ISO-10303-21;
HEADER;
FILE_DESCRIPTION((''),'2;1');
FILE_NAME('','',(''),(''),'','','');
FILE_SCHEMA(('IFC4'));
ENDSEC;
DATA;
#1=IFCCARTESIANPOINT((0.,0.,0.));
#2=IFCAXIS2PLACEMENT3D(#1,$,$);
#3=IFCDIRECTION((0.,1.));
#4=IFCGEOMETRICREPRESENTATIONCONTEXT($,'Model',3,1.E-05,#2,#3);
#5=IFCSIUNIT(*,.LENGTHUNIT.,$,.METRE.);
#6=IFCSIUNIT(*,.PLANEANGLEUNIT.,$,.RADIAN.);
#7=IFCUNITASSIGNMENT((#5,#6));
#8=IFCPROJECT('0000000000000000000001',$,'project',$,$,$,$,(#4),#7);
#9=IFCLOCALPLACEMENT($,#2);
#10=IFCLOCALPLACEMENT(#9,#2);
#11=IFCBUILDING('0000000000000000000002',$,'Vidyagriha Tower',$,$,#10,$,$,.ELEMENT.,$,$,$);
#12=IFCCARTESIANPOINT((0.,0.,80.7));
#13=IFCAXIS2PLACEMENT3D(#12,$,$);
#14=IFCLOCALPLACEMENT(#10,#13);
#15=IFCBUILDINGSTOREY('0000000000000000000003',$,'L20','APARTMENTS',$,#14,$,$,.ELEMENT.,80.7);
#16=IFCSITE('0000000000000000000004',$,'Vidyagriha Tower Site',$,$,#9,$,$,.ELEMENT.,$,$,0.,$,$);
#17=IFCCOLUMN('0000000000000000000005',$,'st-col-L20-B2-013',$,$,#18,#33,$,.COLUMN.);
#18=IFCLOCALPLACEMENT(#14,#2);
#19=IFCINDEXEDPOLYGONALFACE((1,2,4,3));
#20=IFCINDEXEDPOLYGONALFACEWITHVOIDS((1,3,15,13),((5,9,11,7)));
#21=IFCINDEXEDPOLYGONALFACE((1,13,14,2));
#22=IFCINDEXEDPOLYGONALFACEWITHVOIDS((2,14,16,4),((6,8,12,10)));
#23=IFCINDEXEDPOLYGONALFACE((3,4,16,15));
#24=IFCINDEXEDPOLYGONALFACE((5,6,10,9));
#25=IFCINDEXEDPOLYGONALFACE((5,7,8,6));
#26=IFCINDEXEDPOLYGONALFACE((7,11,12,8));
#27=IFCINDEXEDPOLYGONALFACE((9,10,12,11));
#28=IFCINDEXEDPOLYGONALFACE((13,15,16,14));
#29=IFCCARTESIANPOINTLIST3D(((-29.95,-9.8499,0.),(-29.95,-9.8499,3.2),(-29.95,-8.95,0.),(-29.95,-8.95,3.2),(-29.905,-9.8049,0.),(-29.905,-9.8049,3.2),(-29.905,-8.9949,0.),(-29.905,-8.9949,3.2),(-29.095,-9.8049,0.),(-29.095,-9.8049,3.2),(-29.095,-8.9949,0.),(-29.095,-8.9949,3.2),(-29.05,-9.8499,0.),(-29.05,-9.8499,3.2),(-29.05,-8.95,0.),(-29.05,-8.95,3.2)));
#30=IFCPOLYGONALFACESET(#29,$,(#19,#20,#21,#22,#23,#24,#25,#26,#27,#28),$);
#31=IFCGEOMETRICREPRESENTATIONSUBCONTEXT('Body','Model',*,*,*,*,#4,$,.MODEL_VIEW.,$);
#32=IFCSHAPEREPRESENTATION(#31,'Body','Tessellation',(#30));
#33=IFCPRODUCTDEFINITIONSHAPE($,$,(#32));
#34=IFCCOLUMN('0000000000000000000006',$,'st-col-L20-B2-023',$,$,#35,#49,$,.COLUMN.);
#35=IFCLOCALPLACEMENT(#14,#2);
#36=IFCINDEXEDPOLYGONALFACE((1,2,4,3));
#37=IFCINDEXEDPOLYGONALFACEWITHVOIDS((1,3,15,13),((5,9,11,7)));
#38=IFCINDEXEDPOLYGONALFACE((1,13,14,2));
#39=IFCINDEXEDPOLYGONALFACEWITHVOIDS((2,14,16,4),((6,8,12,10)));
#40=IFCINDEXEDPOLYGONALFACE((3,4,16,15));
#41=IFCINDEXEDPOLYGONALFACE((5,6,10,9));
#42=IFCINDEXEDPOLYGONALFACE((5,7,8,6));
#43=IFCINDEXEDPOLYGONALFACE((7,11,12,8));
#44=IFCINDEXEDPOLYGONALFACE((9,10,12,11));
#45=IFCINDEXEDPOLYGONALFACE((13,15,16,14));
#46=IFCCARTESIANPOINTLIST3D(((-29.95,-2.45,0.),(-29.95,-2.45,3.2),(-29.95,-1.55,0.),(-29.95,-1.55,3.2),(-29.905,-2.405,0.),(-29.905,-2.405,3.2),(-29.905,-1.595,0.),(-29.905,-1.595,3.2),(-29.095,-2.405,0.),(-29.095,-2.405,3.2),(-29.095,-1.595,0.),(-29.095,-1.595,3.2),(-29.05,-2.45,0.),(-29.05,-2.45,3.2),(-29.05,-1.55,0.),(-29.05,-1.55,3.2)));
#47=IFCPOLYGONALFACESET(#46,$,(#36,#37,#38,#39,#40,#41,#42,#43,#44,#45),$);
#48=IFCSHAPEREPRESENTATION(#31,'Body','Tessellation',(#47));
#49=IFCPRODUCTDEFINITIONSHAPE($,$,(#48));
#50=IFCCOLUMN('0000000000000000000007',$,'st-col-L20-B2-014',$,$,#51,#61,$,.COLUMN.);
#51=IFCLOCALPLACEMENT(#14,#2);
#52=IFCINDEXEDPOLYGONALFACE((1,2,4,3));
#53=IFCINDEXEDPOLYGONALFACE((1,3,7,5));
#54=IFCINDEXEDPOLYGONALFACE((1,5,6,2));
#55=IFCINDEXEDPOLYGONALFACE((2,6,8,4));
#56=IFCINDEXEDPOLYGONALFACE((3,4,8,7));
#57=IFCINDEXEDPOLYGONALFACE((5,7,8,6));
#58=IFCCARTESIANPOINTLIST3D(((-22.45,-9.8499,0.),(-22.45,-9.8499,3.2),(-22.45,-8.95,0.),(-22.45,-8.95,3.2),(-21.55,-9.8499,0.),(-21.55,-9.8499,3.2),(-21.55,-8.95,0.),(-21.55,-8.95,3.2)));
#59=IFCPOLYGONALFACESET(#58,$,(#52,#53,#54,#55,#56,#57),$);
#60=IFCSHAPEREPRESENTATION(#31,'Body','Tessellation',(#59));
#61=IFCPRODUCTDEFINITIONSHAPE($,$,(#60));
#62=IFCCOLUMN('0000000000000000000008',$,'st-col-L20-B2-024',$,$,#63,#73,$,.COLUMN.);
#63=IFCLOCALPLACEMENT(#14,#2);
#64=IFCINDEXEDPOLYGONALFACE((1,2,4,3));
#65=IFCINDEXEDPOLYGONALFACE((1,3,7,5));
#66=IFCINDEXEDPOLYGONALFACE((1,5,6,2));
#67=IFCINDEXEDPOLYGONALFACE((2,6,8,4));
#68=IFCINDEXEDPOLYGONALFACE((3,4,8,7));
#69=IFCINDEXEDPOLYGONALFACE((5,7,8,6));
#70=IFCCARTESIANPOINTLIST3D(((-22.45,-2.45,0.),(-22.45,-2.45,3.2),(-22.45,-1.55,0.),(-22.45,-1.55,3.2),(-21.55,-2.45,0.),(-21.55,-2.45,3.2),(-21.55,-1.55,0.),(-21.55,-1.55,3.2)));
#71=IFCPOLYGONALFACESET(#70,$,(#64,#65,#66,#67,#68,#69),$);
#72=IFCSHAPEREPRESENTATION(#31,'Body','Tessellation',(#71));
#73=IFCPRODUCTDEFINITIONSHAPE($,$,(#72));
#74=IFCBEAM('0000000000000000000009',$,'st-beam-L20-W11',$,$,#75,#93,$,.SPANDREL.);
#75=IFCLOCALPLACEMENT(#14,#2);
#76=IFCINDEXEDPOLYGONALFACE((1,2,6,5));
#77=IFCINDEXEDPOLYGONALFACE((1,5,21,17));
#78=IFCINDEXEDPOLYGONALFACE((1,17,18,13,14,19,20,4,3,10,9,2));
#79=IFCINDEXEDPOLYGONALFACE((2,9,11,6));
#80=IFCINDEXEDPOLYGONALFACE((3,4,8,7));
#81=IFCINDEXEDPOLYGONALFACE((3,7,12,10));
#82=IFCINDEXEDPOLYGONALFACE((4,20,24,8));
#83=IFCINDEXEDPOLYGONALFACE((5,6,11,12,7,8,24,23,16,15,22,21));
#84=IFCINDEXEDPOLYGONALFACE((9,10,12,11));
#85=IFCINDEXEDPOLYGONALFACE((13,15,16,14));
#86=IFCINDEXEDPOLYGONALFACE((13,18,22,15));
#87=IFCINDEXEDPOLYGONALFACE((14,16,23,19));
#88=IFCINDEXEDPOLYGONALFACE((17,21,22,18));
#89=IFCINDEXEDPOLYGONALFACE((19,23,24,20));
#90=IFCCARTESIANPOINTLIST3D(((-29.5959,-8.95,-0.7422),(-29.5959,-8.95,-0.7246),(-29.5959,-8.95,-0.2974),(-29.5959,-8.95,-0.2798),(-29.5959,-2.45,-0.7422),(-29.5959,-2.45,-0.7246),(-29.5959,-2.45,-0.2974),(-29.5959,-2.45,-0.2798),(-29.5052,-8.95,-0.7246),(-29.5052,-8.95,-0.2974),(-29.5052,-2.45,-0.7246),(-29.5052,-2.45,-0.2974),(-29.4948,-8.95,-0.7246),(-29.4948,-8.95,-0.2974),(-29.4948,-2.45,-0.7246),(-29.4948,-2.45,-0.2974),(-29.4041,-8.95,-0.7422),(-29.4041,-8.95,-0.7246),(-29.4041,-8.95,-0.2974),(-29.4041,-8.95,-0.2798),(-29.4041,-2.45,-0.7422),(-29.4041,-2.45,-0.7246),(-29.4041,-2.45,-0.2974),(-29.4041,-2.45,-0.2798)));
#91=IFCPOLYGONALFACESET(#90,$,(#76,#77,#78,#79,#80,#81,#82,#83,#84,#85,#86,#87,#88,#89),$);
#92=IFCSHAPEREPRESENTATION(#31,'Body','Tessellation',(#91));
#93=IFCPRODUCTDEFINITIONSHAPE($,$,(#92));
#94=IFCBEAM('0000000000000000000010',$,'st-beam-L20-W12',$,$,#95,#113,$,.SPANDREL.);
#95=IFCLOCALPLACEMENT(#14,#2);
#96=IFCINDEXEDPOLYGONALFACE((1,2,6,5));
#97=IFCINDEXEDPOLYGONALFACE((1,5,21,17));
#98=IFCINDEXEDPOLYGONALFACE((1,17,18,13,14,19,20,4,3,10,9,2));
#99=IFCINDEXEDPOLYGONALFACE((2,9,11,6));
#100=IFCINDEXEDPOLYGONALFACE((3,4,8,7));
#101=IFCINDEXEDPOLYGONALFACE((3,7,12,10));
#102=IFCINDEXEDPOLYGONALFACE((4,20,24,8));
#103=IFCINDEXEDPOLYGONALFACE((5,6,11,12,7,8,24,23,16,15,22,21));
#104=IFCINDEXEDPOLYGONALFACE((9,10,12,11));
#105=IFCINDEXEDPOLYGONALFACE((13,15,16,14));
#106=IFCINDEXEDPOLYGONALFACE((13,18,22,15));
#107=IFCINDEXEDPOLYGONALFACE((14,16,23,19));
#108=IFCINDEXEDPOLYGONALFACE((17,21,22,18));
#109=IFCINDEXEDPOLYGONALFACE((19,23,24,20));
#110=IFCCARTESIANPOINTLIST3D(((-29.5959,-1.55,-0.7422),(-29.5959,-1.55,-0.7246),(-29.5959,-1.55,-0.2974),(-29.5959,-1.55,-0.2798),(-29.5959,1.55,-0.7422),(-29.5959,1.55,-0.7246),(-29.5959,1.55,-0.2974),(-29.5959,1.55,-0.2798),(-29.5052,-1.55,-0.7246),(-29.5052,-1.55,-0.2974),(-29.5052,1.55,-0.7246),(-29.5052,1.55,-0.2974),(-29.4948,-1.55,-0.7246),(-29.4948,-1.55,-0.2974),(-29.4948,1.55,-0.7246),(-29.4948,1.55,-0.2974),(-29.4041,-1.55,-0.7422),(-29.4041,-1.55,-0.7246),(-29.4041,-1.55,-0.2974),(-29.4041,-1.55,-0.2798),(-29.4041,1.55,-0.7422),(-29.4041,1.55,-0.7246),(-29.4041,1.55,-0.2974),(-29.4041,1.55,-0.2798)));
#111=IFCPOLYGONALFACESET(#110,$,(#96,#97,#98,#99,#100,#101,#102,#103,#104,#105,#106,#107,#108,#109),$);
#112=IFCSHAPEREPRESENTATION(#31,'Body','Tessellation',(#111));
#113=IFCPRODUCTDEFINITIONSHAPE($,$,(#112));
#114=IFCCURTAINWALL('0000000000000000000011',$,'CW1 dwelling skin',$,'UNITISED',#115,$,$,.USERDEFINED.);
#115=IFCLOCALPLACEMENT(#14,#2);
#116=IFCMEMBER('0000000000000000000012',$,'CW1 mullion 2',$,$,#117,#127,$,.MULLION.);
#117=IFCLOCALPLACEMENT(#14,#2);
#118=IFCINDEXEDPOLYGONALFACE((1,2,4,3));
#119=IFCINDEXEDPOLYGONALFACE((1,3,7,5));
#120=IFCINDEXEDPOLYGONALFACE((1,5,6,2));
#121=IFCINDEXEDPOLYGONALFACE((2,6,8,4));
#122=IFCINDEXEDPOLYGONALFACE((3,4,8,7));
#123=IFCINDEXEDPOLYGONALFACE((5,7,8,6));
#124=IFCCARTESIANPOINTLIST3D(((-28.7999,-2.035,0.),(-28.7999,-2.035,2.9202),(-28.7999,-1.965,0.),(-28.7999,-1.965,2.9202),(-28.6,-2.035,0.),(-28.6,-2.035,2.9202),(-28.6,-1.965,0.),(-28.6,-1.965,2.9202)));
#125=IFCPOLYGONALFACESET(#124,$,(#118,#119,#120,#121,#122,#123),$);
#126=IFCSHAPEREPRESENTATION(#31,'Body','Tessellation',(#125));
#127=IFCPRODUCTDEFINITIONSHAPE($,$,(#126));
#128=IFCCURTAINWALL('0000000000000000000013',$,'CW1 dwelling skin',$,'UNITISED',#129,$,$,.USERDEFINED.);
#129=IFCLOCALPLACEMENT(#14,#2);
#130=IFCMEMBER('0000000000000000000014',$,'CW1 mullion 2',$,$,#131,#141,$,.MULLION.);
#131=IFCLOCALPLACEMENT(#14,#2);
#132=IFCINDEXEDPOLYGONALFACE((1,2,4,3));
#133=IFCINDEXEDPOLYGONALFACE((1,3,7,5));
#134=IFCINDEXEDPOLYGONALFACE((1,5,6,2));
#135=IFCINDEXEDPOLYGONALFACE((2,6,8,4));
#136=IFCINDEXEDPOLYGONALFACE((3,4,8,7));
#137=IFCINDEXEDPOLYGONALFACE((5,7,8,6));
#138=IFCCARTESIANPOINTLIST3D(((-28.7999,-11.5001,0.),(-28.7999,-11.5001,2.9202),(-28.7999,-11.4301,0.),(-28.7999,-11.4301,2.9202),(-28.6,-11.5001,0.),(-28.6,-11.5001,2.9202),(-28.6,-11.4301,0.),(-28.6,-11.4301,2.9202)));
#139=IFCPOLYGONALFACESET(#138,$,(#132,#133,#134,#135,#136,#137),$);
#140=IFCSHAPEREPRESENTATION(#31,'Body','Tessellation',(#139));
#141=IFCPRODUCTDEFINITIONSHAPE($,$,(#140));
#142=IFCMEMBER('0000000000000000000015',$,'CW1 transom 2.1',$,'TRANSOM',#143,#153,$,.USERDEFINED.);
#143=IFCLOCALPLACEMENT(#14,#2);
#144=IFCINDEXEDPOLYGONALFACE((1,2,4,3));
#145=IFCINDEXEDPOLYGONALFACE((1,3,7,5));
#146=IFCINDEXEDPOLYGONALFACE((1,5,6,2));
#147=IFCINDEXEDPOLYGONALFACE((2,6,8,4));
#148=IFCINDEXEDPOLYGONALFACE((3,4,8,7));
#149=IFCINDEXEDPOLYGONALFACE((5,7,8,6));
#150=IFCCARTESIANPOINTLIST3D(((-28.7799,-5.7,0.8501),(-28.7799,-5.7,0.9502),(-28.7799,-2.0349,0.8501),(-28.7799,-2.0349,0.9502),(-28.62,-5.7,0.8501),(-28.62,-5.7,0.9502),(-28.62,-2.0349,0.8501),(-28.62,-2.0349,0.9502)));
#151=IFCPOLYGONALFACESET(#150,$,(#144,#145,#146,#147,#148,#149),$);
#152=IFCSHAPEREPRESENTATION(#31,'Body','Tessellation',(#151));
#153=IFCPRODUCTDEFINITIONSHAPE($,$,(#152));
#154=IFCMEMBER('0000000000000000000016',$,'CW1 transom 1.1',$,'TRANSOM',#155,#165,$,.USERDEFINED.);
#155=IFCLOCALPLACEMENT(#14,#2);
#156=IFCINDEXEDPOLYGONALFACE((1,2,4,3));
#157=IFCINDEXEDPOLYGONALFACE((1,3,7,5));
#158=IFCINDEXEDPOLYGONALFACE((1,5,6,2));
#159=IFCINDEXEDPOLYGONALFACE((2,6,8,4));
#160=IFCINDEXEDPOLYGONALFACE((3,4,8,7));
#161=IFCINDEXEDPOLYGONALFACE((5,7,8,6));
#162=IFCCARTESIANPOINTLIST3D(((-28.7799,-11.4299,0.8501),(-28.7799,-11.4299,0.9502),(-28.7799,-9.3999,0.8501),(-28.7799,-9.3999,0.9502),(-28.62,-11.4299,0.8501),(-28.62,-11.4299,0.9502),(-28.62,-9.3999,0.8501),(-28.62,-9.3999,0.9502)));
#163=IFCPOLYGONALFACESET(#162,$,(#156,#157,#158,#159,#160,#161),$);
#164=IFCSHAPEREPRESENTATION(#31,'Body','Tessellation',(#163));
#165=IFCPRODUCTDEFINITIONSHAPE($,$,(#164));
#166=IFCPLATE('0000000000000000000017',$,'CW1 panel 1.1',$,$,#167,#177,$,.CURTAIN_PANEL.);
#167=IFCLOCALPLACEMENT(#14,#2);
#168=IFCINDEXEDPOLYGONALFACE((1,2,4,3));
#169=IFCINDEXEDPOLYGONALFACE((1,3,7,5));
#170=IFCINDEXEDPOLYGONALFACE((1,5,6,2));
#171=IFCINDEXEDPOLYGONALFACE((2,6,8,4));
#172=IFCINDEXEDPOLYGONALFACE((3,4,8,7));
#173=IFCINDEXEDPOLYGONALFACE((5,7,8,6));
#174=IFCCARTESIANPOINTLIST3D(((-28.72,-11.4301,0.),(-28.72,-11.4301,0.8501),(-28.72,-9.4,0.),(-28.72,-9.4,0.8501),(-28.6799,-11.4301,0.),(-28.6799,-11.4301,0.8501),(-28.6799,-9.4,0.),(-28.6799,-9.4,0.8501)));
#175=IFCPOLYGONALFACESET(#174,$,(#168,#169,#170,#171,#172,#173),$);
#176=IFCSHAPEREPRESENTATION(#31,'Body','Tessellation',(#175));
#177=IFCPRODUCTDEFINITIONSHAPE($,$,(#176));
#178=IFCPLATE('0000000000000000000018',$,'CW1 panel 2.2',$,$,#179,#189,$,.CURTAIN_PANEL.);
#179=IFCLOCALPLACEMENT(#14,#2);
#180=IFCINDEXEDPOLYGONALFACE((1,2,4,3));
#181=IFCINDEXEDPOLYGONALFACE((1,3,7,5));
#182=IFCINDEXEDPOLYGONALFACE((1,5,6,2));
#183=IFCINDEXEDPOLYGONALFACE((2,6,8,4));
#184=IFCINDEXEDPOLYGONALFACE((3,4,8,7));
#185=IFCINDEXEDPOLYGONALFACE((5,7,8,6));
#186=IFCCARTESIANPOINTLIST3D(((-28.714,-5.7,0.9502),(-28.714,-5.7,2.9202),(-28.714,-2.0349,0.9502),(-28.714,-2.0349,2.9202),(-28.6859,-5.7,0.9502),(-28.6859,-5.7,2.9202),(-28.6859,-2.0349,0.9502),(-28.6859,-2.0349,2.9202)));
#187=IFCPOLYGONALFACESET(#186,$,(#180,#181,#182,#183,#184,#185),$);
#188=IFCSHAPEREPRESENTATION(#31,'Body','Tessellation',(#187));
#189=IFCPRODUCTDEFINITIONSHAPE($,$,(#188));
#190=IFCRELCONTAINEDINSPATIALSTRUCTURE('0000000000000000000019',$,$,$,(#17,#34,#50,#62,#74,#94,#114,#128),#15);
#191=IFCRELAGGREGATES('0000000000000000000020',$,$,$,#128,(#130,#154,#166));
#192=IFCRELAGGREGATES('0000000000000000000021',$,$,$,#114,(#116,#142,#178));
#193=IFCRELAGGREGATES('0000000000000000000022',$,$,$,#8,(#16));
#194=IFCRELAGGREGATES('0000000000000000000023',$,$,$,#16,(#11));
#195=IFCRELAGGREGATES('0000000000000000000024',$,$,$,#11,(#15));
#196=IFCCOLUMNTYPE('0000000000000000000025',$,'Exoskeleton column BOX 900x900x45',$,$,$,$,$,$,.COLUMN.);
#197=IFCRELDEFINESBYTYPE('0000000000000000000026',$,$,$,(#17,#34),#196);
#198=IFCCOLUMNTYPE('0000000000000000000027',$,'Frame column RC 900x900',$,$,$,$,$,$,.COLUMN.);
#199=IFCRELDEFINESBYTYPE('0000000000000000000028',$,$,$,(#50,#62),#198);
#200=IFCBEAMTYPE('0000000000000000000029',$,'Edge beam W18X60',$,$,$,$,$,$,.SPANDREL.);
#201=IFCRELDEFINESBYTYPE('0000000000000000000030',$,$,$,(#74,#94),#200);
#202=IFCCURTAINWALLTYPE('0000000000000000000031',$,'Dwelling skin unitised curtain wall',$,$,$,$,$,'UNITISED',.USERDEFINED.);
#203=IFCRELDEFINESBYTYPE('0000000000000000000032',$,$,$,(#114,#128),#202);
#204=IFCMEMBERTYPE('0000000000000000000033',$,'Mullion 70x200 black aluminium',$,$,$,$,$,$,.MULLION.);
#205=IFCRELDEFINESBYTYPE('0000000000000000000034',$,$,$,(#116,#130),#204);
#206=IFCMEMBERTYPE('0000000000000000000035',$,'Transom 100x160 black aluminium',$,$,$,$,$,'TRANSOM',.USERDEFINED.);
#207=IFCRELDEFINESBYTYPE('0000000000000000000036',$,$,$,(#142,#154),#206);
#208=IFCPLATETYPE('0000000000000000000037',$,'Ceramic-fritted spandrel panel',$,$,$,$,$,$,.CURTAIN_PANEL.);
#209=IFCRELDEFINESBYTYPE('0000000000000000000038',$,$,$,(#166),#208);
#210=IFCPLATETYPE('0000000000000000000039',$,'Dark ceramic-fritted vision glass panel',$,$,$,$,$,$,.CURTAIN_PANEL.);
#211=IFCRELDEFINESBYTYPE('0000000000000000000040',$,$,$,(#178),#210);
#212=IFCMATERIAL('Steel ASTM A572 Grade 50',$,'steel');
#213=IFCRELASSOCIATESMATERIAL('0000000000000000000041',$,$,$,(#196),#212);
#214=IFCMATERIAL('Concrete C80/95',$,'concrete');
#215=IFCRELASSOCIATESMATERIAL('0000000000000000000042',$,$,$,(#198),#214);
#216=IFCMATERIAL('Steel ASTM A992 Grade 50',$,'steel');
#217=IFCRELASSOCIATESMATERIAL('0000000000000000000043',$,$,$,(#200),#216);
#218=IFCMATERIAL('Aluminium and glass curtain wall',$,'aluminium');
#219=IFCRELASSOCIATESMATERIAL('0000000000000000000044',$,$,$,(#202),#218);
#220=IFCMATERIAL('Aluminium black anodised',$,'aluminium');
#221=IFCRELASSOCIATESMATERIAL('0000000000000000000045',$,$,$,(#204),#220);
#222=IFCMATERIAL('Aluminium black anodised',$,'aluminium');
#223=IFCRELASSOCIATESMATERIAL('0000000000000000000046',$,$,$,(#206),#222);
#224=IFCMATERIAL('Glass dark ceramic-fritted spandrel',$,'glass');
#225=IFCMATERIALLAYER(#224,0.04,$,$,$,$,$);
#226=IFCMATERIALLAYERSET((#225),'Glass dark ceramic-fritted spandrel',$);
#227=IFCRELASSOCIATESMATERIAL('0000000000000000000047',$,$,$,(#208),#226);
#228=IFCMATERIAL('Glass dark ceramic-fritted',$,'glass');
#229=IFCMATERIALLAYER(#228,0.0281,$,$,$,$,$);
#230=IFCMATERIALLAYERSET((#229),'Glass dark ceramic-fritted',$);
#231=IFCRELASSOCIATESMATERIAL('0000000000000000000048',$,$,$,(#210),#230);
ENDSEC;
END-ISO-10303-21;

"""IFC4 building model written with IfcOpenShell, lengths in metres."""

from ifc_helpers import new_model, si_unit, direction, frame, origin, origin_2d, place, context, subcontext, project, spatial, rectangle, hollow_rectangle, i_section, extrude, material, layer, layer_set, material_profile, profile_set, type_object, element, aggregate, save


model = new_model("IFC4")

# Units and contexts
model_context = context("Model", 3, precision=1e-05, world=origin(), true_north=direction((0.0, 1.0)))
body_context = subcontext(model_context, "Body", "Model", "MODEL_VIEW")
ifc_project = project(units=[si_unit("LENGTHUNIT", "METRE"), si_unit("PLANEANGLEUNIT", "RADIAN")], contexts=[model_context])

# Site, building, storey
site_placement = place(None, origin())
site = spatial("IfcSite", under=ifc_project, at=site_placement, Name="Vidyagriha Tower Site", CompositionType="ELEMENT", RefElevation=0.0)
building_placement = place(site_placement, origin())
building = spatial("IfcBuilding", under=site, at=building_placement, Name="Vidyagriha Tower", CompositionType="ELEMENT")
storey_placement = place(building_placement, frame((0.0, 0.0, 80.7)))
storey = spatial("IfcBuildingStorey", under=building, at=storey_placement, Name="L20", Description="APARTMENTS", CompositionType="ELEMENT", Elevation=80.7)

# Columns
ifc_material_1 = material(Name="Steel ASTM A572 Grade 50", Category="steel")
ifc_material_profile_1 = material_profile(ifc_material_1, hollow_rectangle(XDim=0.8999, YDim=0.8999, WallThickness=0.0449, at=origin_2d()), Name="BOX 900x900x45")
ifc_profile_set_1 = profile_set([ifc_material_profile_1], Name="Steel ASTM A572 Grade 50")
column_type_1 = type_object("IfcColumnType", Name="Exoskeleton column BOX 900x900x45", PredefinedType="COLUMN", material=ifc_profile_set_1)
for number, where, name in (
    (1, (-29.5, -9.3999, 0.0), "st-col-L20-B2-013"),
    (2, (-29.5, -2.0, 0.0), "st-col-L20-B2-023"),
):
    element("IfcColumn", number, at=place(storey_placement, frame(where)), inside=storey, type_object=column_type_1, Name=name, PredefinedType="COLUMN", context=body_context, shape_type="SweptSolid", body=[
        extrude(hollow_rectangle(XDim=0.8999, YDim=0.8999, WallThickness=0.0449, at=origin_2d()), origin(), (0.0, 0.0, 1.0), 3.2),
    ])
ifc_material_2 = material(Name="Concrete C80/95", Category="concrete")
ifc_material_profile_2 = material_profile(ifc_material_2, rectangle(XDim=0.8999, YDim=0.8999, at=origin_2d()), Name="RC 900x900")
ifc_profile_set_2 = profile_set([ifc_material_profile_2], Name="Concrete C80/95")
column_type_2 = type_object("IfcColumnType", Name="Frame column RC 900x900", PredefinedType="COLUMN", material=ifc_profile_set_2)
for number, where, name in (
    (3, (-22.0, -9.3999, 0.0), "st-col-L20-B2-014"),
    (4, (-22.0, -2.0, 0.0), "st-col-L20-B2-024"),
):
    element("IfcColumn", number, at=place(storey_placement, frame(where)), inside=storey, type_object=column_type_2, Name=name, PredefinedType="COLUMN", context=body_context, shape_type="SweptSolid", body=[
        extrude(rectangle(XDim=0.8999, YDim=0.8999, at=origin_2d()), origin(), (0.0, 0.0, 1.0), 3.2),
    ])

# Beams
ifc_material_3 = material(Name="Steel ASTM A992 Grade 50", Category="steel")
ifc_material_profile_3 = material_profile(ifc_material_3, i_section(OverallWidth=0.1919, OverallDepth=0.4624, WebThickness=0.0105, FlangeThickness=0.0176, at=origin_2d()), Name="W18X60")
ifc_profile_set_3 = profile_set([ifc_material_profile_3], Name="Steel ASTM A992 Grade 50")
beam_type = type_object("IfcBeamType", Name="Edge beam W18X60", PredefinedType="SPANDREL", material=ifc_profile_set_3)
beam_1_placement = place(storey_placement, frame((-29.5, -8.95, -0.511), z_axis=(0.0, 1.0, 0.0), x_axis=(-1.0, 0.0, 0.0)))
element("IfcBeam", 5, at=beam_1_placement, inside=storey, type_object=beam_type, Name="st-beam-L20-W11", PredefinedType="SPANDREL", context=body_context, shape_type="SweptSolid", body=[
    extrude(i_section(OverallWidth=0.1919, OverallDepth=0.4624, WebThickness=0.0105, FlangeThickness=0.0176, at=origin_2d()), origin(), (0.0, 0.0, 1.0), 6.5),
])
beam_2_placement = place(storey_placement, frame((-29.5, -1.55, -0.511), z_axis=(0.0, 1.0, 0.0), x_axis=(-1.0, 0.0, 0.0)))
element("IfcBeam", 6, at=beam_2_placement, inside=storey, type_object=beam_type, Name="st-beam-L20-W12", PredefinedType="SPANDREL", context=body_context, shape_type="SweptSolid", body=[
    extrude(i_section(OverallWidth=0.1919, OverallDepth=0.4624, WebThickness=0.0105, FlangeThickness=0.0176, at=origin_2d()), origin(), (0.0, 0.0, 1.0), 3.1001),
])

# Curtain walls, members
ifc_material_4 = material(Name="Aluminium and glass curtain wall", Category="aluminium")
curtain_wall_type = type_object("IfcCurtainWallType", Name="Dwelling skin unitised curtain wall", ElementType="UNITISED", PredefinedType="USERDEFINED", material=ifc_material_4)
curtain_wall_1_placement = place(storey_placement, origin())
curtain_wall_1 = element("IfcCurtainWall", 7, at=curtain_wall_1_placement, inside=storey, type_object=curtain_wall_type, Name="CW1 dwelling skin", ObjectType="UNITISED", PredefinedType="USERDEFINED")
ifc_material_5 = material(Name="Aluminium black anodised", Category="aluminium")
ifc_material_profile_4 = material_profile(ifc_material_5, rectangle(XDim=0.2, YDim=0.0701, at=origin_2d()), Name="Mullion 70x200 black aluminium")
ifc_profile_set_4 = profile_set([ifc_material_profile_4], Name="Aluminium black anodised")
member_type_1 = type_object("IfcMemberType", Name="Mullion 70x200 black aluminium", PredefinedType="MULLION", material=ifc_profile_set_4)
member_1_placement = place(storey_placement, frame((-28.7, -2.0, 0.0)))
member_1 = element("IfcMember", 8, at=member_1_placement, type_object=member_type_1, Name="CW1 mullion 2", PredefinedType="MULLION", context=body_context, shape_type="SweptSolid", body=[
    extrude(rectangle(XDim=0.2, YDim=0.0701, at=origin_2d()), origin(), (0.0, 0.0, 1.0), 2.9202),
])
curtain_wall_2_placement = place(storey_placement, origin())
curtain_wall_2 = element("IfcCurtainWall", 9, at=curtain_wall_2_placement, inside=storey, type_object=curtain_wall_type, Name="CW1 dwelling skin", ObjectType="UNITISED", PredefinedType="USERDEFINED")
member_2_placement = place(storey_placement, frame((-28.7, -11.4651, 0.0)))
member_2 = element("IfcMember", 10, at=member_2_placement, type_object=member_type_1, Name="CW1 mullion 2", PredefinedType="MULLION", context=body_context, shape_type="SweptSolid", body=[
    extrude(rectangle(XDim=0.2, YDim=0.0701, at=origin_2d()), origin(), (0.0, 0.0, 1.0), 2.9202),
])

# Members
ifc_material_6 = material(Name="Aluminium black anodised", Category="aluminium")
ifc_material_profile_5 = material_profile(ifc_material_6, rectangle(XDim=0.1599, YDim=0.1001, at=origin_2d()), Name="Transom 100x160 black aluminium")
ifc_profile_set_5 = profile_set([ifc_material_profile_5], Name="Aluminium black anodised")
member_type_2 = type_object("IfcMemberType", Name="Transom 100x160 black aluminium", ElementType="TRANSOM", PredefinedType="USERDEFINED", material=ifc_profile_set_5)
member_3_placement = place(storey_placement, frame((-28.7, -2.0349, 0.9001), z_axis=(0.0, -1.0, 0.0), x_axis=(1.0, 0.0, 0.0)))
member_3 = element("IfcMember", 11, at=member_3_placement, type_object=member_type_2, Name="CW1 transom 2.1", ObjectType="TRANSOM", PredefinedType="USERDEFINED", context=body_context, shape_type="SweptSolid", body=[
    extrude(rectangle(XDim=0.1599, YDim=0.1001, at=origin_2d()), origin(), (0.0, 0.0, 1.0), 3.665),
])
member_4_placement = place(storey_placement, frame((-28.7, -9.3999, 0.9001), z_axis=(0.0, -1.0, 0.0), x_axis=(1.0, 0.0, 0.0)))
member_4 = element("IfcMember", 12, at=member_4_placement, type_object=member_type_2, Name="CW1 transom 1.1", ObjectType="TRANSOM", PredefinedType="USERDEFINED", context=body_context, shape_type="SweptSolid", body=[
    extrude(rectangle(XDim=0.1599, YDim=0.1001, at=origin_2d()), origin(), (0.0, 0.0, 1.0), 2.03),
])

# Plates
ifc_material_7 = material(Name="Glass dark ceramic-fritted spandrel", Category="glass")
ifc_layer_1 = layer(ifc_material_7, 0.04)
ifc_layer_set_1 = layer_set([ifc_layer_1], Name="Glass dark ceramic-fritted spandrel")
plate_type_1 = type_object("IfcPlateType", Name="Ceramic-fritted spandrel panel", PredefinedType="CURTAIN_PANEL", material=ifc_layer_set_1)
plate_1_placement = place(storey_placement, frame((-28.7, -10.415, 0.0), z_axis=(0.0, 0.0, 1.0), x_axis=(0.0, -1.0, 0.0)))
plate_1 = element("IfcPlate", 13, at=plate_1_placement, type_object=plate_type_1, Name="CW1 panel 1.1", PredefinedType="CURTAIN_PANEL", context=body_context, shape_type="SweptSolid", body=[
    extrude(rectangle(XDim=2.03, YDim=0.04, at=origin_2d()), origin(), (0.0, 0.0, 1.0), 0.8501),
])
ifc_material_8 = material(Name="Glass dark ceramic-fritted", Category="glass")
ifc_layer_2 = layer(ifc_material_8, 0.0281)
ifc_layer_set_2 = layer_set([ifc_layer_2], Name="Glass dark ceramic-fritted")
plate_type_2 = type_object("IfcPlateType", Name="Dark ceramic-fritted vision glass panel", PredefinedType="CURTAIN_PANEL", material=ifc_layer_set_2)
plate_2_placement = place(storey_placement, frame((-28.7, -3.8674, 0.9502), z_axis=(0.0, 0.0, 1.0), x_axis=(0.0, -1.0, 0.0)))
plate_2 = element("IfcPlate", 14, at=plate_2_placement, type_object=plate_type_2, Name="CW1 panel 2.2", PredefinedType="CURTAIN_PANEL", context=body_context, shape_type="SweptSolid", body=[
    extrude(rectangle(XDim=3.665, YDim=0.0281, at=origin_2d()), origin(), (0.0, 0.0, 1.0), 1.97),
])
aggregate(curtain_wall_2, [member_2, member_4, plate_1])
aggregate(curtain_wall_1, [member_1, member_3, plate_2])

save(model, "model.ifc")
